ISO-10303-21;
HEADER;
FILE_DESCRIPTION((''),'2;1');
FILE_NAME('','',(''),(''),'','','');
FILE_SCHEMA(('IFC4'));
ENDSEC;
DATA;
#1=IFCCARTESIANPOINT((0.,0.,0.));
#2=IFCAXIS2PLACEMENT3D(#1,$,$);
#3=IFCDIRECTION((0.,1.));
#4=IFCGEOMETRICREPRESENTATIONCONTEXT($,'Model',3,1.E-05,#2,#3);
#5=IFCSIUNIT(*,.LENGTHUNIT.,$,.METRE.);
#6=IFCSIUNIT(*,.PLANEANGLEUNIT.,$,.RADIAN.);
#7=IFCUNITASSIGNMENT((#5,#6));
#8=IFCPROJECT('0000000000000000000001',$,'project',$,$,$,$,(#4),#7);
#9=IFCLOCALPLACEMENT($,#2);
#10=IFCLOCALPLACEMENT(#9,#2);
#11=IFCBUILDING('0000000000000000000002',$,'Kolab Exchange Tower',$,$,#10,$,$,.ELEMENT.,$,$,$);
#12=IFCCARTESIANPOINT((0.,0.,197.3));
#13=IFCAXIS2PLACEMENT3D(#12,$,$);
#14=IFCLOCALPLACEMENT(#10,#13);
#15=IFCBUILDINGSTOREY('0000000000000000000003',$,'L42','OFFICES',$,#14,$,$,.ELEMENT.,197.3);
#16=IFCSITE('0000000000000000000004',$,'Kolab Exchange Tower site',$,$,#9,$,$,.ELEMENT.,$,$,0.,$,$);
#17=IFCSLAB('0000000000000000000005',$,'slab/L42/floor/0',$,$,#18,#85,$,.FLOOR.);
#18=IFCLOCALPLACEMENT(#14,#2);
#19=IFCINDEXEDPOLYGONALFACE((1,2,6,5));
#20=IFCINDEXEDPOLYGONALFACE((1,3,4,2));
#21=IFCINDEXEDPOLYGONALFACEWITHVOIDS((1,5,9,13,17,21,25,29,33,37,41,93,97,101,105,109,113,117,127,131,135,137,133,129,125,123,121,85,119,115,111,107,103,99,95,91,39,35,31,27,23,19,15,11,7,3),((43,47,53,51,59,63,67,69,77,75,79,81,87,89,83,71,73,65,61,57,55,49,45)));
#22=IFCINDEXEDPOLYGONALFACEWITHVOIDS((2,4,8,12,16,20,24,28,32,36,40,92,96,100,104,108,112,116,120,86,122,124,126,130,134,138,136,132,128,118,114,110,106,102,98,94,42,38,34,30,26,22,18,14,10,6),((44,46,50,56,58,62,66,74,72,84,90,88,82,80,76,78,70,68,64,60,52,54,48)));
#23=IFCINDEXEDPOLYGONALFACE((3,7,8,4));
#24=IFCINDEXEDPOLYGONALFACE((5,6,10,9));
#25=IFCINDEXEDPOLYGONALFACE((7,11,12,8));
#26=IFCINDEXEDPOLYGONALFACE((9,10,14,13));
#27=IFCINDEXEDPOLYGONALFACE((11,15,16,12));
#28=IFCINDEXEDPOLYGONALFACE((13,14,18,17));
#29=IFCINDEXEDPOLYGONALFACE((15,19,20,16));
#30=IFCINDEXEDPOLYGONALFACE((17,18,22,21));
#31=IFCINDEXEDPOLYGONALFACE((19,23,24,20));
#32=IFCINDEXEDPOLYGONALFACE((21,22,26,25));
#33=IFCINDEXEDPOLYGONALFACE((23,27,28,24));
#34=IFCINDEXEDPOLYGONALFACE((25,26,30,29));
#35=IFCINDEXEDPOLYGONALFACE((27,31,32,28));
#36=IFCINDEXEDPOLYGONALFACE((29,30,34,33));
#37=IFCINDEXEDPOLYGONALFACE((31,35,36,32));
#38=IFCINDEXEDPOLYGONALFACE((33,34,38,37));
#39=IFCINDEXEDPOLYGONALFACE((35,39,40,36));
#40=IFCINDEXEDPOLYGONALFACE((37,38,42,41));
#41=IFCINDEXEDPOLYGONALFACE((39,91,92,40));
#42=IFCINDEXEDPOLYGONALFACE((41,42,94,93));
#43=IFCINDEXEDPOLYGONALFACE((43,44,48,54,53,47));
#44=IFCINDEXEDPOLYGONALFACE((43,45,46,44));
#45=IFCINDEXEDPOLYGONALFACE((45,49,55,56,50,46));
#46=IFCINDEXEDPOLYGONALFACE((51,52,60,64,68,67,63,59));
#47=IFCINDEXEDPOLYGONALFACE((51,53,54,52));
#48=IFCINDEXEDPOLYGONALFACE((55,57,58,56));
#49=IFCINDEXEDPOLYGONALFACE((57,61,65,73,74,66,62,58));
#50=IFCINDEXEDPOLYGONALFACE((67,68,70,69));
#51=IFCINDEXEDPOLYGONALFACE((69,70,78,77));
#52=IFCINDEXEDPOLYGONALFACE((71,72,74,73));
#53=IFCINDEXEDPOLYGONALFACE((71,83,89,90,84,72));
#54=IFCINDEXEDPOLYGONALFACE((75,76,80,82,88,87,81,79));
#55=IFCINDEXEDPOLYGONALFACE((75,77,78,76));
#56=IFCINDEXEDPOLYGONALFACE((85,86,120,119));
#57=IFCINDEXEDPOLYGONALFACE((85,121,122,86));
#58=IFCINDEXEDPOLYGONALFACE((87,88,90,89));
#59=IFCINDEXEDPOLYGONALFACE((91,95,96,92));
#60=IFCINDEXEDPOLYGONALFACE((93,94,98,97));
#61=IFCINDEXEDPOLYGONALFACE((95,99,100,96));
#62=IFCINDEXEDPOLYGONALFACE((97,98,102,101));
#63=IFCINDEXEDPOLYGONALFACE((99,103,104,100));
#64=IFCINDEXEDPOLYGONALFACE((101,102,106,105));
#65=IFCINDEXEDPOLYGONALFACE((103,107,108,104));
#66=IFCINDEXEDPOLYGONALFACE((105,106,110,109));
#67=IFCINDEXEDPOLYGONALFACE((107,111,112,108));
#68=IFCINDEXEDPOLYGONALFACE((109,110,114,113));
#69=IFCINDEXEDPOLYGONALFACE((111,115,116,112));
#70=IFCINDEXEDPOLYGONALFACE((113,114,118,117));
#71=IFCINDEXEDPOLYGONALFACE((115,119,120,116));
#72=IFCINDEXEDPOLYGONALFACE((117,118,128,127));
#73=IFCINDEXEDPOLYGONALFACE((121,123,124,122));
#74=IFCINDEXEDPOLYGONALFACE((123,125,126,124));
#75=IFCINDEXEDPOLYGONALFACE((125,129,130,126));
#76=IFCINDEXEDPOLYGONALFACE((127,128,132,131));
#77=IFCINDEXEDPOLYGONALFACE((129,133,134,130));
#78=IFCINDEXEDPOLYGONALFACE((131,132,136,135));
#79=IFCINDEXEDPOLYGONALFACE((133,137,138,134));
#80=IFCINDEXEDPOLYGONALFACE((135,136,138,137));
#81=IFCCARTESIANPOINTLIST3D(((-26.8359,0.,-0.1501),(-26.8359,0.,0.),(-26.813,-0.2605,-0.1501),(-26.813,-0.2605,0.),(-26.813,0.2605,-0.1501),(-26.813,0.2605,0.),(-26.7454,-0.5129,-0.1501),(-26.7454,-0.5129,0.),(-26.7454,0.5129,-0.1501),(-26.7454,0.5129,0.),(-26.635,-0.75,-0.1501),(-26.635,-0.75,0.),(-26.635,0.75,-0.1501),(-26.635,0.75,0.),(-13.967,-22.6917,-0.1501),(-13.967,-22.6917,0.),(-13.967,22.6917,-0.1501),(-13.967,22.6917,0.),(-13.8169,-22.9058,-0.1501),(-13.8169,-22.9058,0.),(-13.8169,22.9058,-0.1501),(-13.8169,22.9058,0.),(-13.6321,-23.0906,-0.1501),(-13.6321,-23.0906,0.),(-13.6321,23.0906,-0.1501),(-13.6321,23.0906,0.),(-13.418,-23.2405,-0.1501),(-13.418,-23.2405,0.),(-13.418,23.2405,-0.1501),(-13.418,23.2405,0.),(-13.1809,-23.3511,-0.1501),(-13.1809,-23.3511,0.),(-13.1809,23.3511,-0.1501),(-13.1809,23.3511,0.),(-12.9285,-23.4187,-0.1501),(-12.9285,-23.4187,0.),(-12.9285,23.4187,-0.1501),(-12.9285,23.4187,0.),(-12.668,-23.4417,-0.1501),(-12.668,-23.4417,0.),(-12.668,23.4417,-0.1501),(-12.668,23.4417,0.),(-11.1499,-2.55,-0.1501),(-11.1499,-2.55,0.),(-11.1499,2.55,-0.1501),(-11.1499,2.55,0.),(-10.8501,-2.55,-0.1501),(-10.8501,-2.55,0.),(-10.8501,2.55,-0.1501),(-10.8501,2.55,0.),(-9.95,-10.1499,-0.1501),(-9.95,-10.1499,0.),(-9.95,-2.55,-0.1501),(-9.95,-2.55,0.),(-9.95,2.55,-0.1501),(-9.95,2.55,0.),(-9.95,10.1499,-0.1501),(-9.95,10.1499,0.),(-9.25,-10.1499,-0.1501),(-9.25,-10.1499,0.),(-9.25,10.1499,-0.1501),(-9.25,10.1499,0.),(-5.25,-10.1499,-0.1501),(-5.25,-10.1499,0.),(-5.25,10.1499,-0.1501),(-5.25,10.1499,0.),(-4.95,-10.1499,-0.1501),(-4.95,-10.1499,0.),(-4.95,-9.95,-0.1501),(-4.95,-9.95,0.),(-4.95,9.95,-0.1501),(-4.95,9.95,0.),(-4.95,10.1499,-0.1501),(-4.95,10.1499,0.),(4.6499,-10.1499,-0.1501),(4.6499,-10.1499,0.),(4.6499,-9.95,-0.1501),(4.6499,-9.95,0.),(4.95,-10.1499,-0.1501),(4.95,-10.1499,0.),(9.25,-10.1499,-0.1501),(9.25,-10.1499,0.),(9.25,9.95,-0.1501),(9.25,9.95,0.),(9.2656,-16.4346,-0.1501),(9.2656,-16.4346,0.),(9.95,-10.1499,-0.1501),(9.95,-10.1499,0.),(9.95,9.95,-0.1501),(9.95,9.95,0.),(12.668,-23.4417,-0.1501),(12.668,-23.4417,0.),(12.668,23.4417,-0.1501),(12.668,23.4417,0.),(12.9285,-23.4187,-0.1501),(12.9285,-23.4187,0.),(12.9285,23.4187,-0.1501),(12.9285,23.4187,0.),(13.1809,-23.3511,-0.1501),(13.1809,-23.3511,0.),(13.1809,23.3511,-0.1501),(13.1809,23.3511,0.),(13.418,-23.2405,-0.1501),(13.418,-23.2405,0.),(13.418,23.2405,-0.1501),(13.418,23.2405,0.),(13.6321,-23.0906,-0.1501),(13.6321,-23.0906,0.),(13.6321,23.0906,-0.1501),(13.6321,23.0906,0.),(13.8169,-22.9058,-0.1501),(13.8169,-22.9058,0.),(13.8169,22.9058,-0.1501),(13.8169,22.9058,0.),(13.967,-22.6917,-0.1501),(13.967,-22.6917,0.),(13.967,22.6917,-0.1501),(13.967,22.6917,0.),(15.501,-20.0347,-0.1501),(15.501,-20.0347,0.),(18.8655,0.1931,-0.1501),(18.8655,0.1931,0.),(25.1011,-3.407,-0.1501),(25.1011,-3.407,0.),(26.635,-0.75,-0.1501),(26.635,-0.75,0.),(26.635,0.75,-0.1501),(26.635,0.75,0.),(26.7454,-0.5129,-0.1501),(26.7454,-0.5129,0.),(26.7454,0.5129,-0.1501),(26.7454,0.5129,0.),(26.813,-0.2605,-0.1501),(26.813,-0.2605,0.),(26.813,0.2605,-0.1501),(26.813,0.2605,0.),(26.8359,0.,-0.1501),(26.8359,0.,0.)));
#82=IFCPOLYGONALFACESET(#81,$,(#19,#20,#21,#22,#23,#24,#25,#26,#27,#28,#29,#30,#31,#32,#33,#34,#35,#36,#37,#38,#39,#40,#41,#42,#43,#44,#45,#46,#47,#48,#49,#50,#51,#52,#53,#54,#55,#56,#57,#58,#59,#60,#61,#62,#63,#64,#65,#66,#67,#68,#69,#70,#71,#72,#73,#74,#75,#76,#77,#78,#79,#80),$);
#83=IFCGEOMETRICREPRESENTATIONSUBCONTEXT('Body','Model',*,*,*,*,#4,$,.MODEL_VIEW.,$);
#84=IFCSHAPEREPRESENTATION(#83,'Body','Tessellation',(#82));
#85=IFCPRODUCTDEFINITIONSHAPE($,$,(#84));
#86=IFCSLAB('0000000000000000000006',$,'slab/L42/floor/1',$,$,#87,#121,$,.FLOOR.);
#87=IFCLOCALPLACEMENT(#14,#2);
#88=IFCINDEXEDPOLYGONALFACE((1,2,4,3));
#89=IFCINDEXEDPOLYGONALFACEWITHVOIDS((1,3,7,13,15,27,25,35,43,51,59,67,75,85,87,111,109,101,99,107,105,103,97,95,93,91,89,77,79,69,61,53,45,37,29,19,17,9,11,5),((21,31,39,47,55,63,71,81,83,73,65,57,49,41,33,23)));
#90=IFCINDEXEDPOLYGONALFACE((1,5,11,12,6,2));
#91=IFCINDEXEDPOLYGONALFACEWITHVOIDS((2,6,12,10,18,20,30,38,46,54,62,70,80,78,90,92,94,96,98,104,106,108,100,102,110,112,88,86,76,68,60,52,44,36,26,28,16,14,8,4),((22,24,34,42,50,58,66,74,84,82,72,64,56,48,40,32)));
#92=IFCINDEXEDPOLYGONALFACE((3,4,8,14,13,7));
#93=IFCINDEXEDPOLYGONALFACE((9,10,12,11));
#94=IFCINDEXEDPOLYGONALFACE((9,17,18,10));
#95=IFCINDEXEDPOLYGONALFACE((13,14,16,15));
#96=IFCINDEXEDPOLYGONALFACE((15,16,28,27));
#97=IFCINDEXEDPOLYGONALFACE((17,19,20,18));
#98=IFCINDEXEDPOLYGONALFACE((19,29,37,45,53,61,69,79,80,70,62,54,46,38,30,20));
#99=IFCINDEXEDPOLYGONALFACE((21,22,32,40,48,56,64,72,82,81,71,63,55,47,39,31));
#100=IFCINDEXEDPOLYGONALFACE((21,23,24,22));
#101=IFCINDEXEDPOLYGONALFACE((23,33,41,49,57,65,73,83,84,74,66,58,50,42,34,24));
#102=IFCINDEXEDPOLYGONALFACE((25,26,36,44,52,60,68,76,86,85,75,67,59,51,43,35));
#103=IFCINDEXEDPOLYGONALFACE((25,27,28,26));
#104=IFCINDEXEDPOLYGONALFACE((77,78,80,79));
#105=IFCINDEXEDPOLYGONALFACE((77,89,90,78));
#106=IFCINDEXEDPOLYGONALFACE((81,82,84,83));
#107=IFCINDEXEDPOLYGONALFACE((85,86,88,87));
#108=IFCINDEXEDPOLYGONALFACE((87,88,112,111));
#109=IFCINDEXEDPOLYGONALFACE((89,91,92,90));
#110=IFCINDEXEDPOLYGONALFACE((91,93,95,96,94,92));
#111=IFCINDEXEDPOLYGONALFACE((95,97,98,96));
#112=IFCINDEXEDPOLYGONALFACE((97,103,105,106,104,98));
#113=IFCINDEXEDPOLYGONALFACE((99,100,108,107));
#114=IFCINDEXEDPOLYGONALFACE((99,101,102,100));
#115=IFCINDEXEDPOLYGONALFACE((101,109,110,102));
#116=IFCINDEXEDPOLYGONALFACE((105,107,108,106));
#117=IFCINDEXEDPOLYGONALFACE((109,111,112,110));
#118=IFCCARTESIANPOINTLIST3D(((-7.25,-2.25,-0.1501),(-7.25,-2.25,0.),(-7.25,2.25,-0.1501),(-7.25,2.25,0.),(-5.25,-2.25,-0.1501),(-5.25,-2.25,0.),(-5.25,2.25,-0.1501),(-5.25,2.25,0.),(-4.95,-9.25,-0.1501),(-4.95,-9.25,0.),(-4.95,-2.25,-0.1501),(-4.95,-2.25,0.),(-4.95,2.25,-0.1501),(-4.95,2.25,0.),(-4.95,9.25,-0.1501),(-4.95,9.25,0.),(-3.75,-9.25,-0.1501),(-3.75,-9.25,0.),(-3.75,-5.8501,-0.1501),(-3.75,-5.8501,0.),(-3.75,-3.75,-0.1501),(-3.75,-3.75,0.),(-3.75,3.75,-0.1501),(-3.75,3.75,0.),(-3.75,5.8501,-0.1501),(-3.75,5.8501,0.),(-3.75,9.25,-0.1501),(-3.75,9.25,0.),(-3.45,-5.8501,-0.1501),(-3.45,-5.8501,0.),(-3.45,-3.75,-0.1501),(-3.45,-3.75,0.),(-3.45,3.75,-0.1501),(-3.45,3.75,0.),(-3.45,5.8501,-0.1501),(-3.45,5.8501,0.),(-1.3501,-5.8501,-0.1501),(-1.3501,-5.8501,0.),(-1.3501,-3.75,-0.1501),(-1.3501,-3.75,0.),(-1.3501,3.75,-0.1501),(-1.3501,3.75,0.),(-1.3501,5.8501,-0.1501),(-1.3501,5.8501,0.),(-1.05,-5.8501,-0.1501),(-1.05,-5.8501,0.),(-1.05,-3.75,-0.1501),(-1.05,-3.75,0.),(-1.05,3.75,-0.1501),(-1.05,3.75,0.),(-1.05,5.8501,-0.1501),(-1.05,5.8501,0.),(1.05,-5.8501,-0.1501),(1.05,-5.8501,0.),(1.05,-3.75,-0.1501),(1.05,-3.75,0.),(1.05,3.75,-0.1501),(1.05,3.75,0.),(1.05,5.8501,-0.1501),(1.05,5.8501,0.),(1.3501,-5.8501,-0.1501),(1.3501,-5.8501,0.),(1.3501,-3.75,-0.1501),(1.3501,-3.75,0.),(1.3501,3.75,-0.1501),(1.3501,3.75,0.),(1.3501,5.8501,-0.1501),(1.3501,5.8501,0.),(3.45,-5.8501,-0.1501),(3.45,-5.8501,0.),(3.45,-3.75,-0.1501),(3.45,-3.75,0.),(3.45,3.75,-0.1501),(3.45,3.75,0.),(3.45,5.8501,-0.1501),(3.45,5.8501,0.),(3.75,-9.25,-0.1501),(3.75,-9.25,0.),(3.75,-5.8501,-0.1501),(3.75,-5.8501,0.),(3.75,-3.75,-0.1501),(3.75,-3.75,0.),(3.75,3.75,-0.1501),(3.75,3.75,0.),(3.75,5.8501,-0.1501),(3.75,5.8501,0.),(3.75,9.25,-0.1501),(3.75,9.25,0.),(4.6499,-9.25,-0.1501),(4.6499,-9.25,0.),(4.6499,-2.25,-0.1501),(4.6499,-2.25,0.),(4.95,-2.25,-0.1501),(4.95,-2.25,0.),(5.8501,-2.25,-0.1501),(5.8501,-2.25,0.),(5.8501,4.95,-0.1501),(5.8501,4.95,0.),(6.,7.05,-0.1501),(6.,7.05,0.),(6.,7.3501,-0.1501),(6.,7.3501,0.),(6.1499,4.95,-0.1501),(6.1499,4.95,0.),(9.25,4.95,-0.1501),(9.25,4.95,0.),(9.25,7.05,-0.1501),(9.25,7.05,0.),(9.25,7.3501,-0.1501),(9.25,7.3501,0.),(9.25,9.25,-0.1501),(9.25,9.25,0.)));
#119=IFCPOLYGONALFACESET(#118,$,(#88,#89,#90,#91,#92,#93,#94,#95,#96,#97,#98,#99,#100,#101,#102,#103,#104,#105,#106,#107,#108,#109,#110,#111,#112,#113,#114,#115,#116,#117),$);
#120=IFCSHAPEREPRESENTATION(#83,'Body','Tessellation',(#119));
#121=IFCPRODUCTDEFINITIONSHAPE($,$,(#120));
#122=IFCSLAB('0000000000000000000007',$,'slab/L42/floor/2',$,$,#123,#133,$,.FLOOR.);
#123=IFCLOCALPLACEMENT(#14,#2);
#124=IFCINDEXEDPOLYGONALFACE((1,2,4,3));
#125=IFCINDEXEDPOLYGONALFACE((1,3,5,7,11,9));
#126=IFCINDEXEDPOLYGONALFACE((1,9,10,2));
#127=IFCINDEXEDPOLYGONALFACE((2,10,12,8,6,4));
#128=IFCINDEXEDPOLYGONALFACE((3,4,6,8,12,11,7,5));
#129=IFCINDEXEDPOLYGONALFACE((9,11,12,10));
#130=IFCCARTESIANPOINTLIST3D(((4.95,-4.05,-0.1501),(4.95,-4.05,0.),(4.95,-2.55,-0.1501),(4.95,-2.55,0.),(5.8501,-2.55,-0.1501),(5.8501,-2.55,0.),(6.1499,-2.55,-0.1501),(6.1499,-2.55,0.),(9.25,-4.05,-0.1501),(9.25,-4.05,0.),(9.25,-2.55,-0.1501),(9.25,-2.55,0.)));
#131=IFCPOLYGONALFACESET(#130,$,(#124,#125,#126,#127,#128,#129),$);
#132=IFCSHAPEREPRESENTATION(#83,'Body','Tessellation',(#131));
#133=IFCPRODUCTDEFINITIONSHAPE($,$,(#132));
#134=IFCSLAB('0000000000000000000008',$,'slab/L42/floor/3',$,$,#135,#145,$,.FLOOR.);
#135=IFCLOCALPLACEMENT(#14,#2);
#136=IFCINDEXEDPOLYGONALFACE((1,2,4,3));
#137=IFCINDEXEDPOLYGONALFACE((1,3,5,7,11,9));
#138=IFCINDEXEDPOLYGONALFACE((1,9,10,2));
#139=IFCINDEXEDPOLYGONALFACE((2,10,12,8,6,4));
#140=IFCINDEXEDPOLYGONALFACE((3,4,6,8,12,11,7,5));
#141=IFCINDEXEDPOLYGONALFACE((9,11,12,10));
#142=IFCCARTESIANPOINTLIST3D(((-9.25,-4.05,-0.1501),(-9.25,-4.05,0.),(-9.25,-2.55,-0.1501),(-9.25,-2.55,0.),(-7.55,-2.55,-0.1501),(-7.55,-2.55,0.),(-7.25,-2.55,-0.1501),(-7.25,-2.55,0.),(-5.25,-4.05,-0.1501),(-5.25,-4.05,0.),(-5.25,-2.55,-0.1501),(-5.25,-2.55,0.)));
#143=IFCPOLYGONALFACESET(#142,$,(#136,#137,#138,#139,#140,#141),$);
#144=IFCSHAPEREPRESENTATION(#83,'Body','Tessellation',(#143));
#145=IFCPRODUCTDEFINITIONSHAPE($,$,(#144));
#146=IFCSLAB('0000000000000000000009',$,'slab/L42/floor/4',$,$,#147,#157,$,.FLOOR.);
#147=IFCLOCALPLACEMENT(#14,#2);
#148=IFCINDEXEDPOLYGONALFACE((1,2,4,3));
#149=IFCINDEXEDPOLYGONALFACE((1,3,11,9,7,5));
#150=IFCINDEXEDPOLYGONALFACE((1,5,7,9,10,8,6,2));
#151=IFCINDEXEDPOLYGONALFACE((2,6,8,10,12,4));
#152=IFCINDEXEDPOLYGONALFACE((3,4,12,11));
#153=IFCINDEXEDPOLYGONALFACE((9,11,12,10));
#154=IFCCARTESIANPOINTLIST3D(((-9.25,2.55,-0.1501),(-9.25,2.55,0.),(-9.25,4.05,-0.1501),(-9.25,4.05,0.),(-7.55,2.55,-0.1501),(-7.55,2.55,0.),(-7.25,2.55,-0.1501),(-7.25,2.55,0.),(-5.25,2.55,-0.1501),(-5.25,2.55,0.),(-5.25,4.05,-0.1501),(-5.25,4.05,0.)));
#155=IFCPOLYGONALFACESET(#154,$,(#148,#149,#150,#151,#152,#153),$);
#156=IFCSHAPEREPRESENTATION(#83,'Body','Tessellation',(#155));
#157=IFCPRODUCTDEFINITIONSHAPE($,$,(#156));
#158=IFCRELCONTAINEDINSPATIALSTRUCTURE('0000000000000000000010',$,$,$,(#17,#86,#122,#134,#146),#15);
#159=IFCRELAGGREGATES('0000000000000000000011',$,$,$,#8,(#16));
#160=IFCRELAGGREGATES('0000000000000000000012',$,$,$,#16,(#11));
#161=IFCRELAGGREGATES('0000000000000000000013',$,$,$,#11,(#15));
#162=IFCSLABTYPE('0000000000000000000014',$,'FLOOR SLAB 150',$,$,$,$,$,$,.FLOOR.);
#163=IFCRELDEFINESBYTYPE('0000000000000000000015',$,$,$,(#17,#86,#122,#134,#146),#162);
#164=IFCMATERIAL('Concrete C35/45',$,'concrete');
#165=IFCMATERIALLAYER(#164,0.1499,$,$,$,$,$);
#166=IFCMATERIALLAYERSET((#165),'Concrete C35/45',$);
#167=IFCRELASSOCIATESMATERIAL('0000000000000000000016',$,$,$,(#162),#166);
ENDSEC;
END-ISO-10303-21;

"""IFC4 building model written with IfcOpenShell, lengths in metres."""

from ifc_helpers import new_model, si_unit, direction, frame, origin, place, context, subcontext, project, spatial, polyline, outline, extrude, material, layer, layer_set, type_object, element, save


model = new_model("IFC4")

# Units and contexts
model_context = context("Model", 3, precision=1e-05, world=origin(), true_north=direction((0.0, 1.0)))
body_context = subcontext(model_context, "Body", "Model", "MODEL_VIEW")
ifc_project = project(units=[si_unit("LENGTHUNIT", "METRE"), si_unit("PLANEANGLEUNIT", "RADIAN")], contexts=[model_context])

# Site, building, storey
site_placement = place(None, origin())
site = spatial("IfcSite", under=ifc_project, at=site_placement, Name="Kolab Exchange Tower site", CompositionType="ELEMENT", RefElevation=0.0)
building_placement = place(site_placement, origin())
building = spatial("IfcBuilding", under=site, at=building_placement, Name="Kolab Exchange Tower", CompositionType="ELEMENT")
storey_placement = place(building_placement, frame((0.0, 0.0, 197.3)))
storey = spatial("IfcBuildingStorey", under=building, at=storey_placement, Name="L42", Description="OFFICES", CompositionType="ELEMENT", Elevation=197.3)

# Slabs
ifc_material_1 = material(Name="Concrete C35/45", Category="concrete")
ifc_layer_1 = layer(ifc_material_1, 0.1499)
ifc_layer_set_1 = layer_set([ifc_layer_1], Name="Concrete C35/45")
slab_type_1 = type_object("IfcSlabType", Name="FLOOR SLAB 150", PredefinedType="FLOOR", material=ifc_layer_set_1)
slab_1_placement = place(storey_placement, frame((0.0, 0.0, -0.1501)))
element("IfcSlab", 1, at=slab_1_placement, inside=storey, type_object=slab_type_1, Name="slab/L42/floor/0", PredefinedType="FLOOR", context=body_context, shape_type="SweptSolid", body=[
    extrude(outline(polyline([(13.967, -22.6917), (15.501, -20.0347), (9.2656, -16.4346), (18.8655, 0.1931), (25.1011, -3.407), (26.635, -0.75), (26.7454, -0.5129), (26.813, -0.2605), (26.8359, 0.0), (26.813, 0.2605), (26.7454, 0.5129), (26.635, 0.75), (13.967, 22.6917), (13.8169, 22.9058), (13.6321, 23.0906), (13.418, 23.2405), (13.1809, 23.3511), (12.9285, 23.4187), (12.668, 23.4417), (-12.668, 23.4417), (-12.9285, 23.4187), (-13.1809, 23.3511), (-13.418, 23.2405), (-13.6321, 23.0906), (-13.8169, 22.9058), (-13.967, 22.6917), (-26.635, 0.75), (-26.7454, 0.5129), (-26.813, 0.2605), (-26.8359, 0.0), (-26.813, -0.2605), (-26.7454, -0.5129), (-26.635, -0.75), (-13.967, -22.6917), (-13.8169, -22.9058), (-13.6321, -23.0906), (-13.418, -23.2405), (-13.1809, -23.3511), (-12.9285, -23.4187), (-12.668, -23.4417), (12.668, -23.4417), (12.9285, -23.4187), (13.1809, -23.3511), (13.418, -23.2405), (13.6321, -23.0906), (13.8169, -22.9058), (13.967, -22.6917)]), holes=[polyline([(-9.25, -10.1499), (-9.95, -10.1499), (-9.95, -2.55), (-10.8501, -2.55), (-11.1499, -2.55), (-11.1499, 2.55), (-10.8501, 2.55), (-9.95, 2.55), (-9.95, 10.1499), (-9.25, 10.1499), (-5.25, 10.1499), (-4.95, 10.1499), (-4.95, 9.95), (9.25, 9.95), (9.95, 9.95), (9.95, -10.1499), (9.25, -10.1499), (4.95, -10.1499), (4.6499, -10.1499), (4.6499, -9.95), (-4.95, -9.95), (-4.95, -10.1499), (-5.25, -10.1499), (-9.25, -10.1499)])]), origin(), (0.0, 0.0, 1.0), 0.1501),
])
slab_2_placement = place(storey_placement, frame((0.0, 0.0, -0.1501)))
element("IfcSlab", 2, at=slab_2_placement, inside=storey, type_object=slab_type_1, Name="slab/L42/floor/1", PredefinedType="FLOOR", context=body_context, shape_type="SweptSolid", body=[
    extrude(outline(polyline([(-4.95, 9.25), (-4.95, 2.25), (-5.25, 2.25), (-7.25, 2.25), (-7.25, -2.25), (-5.25, -2.25), (-4.95, -2.25), (-4.95, -9.25), (-3.75, -9.25), (-3.75, -5.8501), (-3.45, -5.8501), (-1.3501, -5.8501), (-1.05, -5.8501), (1.05, -5.8501), (1.3501, -5.8501), (3.45, -5.8501), (3.75, -5.8501), (3.75, -9.25), (4.6499, -9.25), (4.6499, -2.25), (4.95, -2.25), (5.8501, -2.25), (5.8501, 4.95), (6.1499, 4.95), (9.25, 4.95), (9.25, 7.05), (6.0, 7.05), (6.0, 7.3501), (9.25, 7.3501), (9.25, 9.25), (3.75, 9.25), (3.75, 5.8501), (3.45, 5.8501), (1.3501, 5.8501), (1.05, 5.8501), (-1.05, 5.8501), (-1.3501, 5.8501), (-3.45, 5.8501), (-3.75, 5.8501), (-3.75, 9.25), (-4.95, 9.25)]), holes=[polyline([(-3.45, -3.75), (-3.75, -3.75), (-3.75, 3.75), (-3.45, 3.75), (-1.3501, 3.75), (-1.05, 3.75), (1.05, 3.75), (1.3501, 3.75), (3.45, 3.75), (3.75, 3.75), (3.75, -3.75), (3.45, -3.75), (1.3501, -3.75), (1.05, -3.75), (-1.05, -3.75), (-1.3501, -3.75), (-3.45, -3.75)])]), origin(), (0.0, 0.0, 1.0), 0.1501),
])
slab_3_placement = place(storey_placement, frame((0.0, 0.0, -0.1501)))
element("IfcSlab", 3, at=slab_3_placement, inside=storey, type_object=slab_type_1, Name="slab/L42/floor/2", PredefinedType="FLOOR", context=body_context, shape_type="SweptSolid", body=[
    extrude(outline(polyline([(4.95, -4.05), (9.25, -4.05), (9.25, -2.55), (6.1499, -2.55), (5.8501, -2.55), (4.95, -2.55), (4.95, -4.05)])), origin(), (0.0, 0.0, 1.0), 0.1501),
])
slab_4_placement = place(storey_placement, frame((0.0, 0.0, -0.1501)))
element("IfcSlab", 4, at=slab_4_placement, inside=storey, type_object=slab_type_1, Name="slab/L42/floor/3", PredefinedType="FLOOR", context=body_context, shape_type="SweptSolid", body=[
    extrude(outline(polyline([(-7.55, -2.55), (-9.25, -2.55), (-9.25, -4.05), (-5.25, -4.05), (-5.25, -2.55), (-7.25, -2.55), (-7.55, -2.55)])), origin(), (0.0, 0.0, 1.0), 0.1501),
])
slab_5_placement = place(storey_placement, frame((0.0, 0.0, -0.1501)))
element("IfcSlab", 5, at=slab_5_placement, inside=storey, type_object=slab_type_1, Name="slab/L42/floor/4", PredefinedType="FLOOR", context=body_context, shape_type="SweptSolid", body=[
    extrude(outline(polyline([(-9.25, 2.55), (-7.55, 2.55), (-7.25, 2.55), (-5.25, 2.55), (-5.25, 4.05), (-9.25, 4.05), (-9.25, 2.55)])), origin(), (0.0, 0.0, 1.0), 0.1501),
])

save(model, "model.ifc")
